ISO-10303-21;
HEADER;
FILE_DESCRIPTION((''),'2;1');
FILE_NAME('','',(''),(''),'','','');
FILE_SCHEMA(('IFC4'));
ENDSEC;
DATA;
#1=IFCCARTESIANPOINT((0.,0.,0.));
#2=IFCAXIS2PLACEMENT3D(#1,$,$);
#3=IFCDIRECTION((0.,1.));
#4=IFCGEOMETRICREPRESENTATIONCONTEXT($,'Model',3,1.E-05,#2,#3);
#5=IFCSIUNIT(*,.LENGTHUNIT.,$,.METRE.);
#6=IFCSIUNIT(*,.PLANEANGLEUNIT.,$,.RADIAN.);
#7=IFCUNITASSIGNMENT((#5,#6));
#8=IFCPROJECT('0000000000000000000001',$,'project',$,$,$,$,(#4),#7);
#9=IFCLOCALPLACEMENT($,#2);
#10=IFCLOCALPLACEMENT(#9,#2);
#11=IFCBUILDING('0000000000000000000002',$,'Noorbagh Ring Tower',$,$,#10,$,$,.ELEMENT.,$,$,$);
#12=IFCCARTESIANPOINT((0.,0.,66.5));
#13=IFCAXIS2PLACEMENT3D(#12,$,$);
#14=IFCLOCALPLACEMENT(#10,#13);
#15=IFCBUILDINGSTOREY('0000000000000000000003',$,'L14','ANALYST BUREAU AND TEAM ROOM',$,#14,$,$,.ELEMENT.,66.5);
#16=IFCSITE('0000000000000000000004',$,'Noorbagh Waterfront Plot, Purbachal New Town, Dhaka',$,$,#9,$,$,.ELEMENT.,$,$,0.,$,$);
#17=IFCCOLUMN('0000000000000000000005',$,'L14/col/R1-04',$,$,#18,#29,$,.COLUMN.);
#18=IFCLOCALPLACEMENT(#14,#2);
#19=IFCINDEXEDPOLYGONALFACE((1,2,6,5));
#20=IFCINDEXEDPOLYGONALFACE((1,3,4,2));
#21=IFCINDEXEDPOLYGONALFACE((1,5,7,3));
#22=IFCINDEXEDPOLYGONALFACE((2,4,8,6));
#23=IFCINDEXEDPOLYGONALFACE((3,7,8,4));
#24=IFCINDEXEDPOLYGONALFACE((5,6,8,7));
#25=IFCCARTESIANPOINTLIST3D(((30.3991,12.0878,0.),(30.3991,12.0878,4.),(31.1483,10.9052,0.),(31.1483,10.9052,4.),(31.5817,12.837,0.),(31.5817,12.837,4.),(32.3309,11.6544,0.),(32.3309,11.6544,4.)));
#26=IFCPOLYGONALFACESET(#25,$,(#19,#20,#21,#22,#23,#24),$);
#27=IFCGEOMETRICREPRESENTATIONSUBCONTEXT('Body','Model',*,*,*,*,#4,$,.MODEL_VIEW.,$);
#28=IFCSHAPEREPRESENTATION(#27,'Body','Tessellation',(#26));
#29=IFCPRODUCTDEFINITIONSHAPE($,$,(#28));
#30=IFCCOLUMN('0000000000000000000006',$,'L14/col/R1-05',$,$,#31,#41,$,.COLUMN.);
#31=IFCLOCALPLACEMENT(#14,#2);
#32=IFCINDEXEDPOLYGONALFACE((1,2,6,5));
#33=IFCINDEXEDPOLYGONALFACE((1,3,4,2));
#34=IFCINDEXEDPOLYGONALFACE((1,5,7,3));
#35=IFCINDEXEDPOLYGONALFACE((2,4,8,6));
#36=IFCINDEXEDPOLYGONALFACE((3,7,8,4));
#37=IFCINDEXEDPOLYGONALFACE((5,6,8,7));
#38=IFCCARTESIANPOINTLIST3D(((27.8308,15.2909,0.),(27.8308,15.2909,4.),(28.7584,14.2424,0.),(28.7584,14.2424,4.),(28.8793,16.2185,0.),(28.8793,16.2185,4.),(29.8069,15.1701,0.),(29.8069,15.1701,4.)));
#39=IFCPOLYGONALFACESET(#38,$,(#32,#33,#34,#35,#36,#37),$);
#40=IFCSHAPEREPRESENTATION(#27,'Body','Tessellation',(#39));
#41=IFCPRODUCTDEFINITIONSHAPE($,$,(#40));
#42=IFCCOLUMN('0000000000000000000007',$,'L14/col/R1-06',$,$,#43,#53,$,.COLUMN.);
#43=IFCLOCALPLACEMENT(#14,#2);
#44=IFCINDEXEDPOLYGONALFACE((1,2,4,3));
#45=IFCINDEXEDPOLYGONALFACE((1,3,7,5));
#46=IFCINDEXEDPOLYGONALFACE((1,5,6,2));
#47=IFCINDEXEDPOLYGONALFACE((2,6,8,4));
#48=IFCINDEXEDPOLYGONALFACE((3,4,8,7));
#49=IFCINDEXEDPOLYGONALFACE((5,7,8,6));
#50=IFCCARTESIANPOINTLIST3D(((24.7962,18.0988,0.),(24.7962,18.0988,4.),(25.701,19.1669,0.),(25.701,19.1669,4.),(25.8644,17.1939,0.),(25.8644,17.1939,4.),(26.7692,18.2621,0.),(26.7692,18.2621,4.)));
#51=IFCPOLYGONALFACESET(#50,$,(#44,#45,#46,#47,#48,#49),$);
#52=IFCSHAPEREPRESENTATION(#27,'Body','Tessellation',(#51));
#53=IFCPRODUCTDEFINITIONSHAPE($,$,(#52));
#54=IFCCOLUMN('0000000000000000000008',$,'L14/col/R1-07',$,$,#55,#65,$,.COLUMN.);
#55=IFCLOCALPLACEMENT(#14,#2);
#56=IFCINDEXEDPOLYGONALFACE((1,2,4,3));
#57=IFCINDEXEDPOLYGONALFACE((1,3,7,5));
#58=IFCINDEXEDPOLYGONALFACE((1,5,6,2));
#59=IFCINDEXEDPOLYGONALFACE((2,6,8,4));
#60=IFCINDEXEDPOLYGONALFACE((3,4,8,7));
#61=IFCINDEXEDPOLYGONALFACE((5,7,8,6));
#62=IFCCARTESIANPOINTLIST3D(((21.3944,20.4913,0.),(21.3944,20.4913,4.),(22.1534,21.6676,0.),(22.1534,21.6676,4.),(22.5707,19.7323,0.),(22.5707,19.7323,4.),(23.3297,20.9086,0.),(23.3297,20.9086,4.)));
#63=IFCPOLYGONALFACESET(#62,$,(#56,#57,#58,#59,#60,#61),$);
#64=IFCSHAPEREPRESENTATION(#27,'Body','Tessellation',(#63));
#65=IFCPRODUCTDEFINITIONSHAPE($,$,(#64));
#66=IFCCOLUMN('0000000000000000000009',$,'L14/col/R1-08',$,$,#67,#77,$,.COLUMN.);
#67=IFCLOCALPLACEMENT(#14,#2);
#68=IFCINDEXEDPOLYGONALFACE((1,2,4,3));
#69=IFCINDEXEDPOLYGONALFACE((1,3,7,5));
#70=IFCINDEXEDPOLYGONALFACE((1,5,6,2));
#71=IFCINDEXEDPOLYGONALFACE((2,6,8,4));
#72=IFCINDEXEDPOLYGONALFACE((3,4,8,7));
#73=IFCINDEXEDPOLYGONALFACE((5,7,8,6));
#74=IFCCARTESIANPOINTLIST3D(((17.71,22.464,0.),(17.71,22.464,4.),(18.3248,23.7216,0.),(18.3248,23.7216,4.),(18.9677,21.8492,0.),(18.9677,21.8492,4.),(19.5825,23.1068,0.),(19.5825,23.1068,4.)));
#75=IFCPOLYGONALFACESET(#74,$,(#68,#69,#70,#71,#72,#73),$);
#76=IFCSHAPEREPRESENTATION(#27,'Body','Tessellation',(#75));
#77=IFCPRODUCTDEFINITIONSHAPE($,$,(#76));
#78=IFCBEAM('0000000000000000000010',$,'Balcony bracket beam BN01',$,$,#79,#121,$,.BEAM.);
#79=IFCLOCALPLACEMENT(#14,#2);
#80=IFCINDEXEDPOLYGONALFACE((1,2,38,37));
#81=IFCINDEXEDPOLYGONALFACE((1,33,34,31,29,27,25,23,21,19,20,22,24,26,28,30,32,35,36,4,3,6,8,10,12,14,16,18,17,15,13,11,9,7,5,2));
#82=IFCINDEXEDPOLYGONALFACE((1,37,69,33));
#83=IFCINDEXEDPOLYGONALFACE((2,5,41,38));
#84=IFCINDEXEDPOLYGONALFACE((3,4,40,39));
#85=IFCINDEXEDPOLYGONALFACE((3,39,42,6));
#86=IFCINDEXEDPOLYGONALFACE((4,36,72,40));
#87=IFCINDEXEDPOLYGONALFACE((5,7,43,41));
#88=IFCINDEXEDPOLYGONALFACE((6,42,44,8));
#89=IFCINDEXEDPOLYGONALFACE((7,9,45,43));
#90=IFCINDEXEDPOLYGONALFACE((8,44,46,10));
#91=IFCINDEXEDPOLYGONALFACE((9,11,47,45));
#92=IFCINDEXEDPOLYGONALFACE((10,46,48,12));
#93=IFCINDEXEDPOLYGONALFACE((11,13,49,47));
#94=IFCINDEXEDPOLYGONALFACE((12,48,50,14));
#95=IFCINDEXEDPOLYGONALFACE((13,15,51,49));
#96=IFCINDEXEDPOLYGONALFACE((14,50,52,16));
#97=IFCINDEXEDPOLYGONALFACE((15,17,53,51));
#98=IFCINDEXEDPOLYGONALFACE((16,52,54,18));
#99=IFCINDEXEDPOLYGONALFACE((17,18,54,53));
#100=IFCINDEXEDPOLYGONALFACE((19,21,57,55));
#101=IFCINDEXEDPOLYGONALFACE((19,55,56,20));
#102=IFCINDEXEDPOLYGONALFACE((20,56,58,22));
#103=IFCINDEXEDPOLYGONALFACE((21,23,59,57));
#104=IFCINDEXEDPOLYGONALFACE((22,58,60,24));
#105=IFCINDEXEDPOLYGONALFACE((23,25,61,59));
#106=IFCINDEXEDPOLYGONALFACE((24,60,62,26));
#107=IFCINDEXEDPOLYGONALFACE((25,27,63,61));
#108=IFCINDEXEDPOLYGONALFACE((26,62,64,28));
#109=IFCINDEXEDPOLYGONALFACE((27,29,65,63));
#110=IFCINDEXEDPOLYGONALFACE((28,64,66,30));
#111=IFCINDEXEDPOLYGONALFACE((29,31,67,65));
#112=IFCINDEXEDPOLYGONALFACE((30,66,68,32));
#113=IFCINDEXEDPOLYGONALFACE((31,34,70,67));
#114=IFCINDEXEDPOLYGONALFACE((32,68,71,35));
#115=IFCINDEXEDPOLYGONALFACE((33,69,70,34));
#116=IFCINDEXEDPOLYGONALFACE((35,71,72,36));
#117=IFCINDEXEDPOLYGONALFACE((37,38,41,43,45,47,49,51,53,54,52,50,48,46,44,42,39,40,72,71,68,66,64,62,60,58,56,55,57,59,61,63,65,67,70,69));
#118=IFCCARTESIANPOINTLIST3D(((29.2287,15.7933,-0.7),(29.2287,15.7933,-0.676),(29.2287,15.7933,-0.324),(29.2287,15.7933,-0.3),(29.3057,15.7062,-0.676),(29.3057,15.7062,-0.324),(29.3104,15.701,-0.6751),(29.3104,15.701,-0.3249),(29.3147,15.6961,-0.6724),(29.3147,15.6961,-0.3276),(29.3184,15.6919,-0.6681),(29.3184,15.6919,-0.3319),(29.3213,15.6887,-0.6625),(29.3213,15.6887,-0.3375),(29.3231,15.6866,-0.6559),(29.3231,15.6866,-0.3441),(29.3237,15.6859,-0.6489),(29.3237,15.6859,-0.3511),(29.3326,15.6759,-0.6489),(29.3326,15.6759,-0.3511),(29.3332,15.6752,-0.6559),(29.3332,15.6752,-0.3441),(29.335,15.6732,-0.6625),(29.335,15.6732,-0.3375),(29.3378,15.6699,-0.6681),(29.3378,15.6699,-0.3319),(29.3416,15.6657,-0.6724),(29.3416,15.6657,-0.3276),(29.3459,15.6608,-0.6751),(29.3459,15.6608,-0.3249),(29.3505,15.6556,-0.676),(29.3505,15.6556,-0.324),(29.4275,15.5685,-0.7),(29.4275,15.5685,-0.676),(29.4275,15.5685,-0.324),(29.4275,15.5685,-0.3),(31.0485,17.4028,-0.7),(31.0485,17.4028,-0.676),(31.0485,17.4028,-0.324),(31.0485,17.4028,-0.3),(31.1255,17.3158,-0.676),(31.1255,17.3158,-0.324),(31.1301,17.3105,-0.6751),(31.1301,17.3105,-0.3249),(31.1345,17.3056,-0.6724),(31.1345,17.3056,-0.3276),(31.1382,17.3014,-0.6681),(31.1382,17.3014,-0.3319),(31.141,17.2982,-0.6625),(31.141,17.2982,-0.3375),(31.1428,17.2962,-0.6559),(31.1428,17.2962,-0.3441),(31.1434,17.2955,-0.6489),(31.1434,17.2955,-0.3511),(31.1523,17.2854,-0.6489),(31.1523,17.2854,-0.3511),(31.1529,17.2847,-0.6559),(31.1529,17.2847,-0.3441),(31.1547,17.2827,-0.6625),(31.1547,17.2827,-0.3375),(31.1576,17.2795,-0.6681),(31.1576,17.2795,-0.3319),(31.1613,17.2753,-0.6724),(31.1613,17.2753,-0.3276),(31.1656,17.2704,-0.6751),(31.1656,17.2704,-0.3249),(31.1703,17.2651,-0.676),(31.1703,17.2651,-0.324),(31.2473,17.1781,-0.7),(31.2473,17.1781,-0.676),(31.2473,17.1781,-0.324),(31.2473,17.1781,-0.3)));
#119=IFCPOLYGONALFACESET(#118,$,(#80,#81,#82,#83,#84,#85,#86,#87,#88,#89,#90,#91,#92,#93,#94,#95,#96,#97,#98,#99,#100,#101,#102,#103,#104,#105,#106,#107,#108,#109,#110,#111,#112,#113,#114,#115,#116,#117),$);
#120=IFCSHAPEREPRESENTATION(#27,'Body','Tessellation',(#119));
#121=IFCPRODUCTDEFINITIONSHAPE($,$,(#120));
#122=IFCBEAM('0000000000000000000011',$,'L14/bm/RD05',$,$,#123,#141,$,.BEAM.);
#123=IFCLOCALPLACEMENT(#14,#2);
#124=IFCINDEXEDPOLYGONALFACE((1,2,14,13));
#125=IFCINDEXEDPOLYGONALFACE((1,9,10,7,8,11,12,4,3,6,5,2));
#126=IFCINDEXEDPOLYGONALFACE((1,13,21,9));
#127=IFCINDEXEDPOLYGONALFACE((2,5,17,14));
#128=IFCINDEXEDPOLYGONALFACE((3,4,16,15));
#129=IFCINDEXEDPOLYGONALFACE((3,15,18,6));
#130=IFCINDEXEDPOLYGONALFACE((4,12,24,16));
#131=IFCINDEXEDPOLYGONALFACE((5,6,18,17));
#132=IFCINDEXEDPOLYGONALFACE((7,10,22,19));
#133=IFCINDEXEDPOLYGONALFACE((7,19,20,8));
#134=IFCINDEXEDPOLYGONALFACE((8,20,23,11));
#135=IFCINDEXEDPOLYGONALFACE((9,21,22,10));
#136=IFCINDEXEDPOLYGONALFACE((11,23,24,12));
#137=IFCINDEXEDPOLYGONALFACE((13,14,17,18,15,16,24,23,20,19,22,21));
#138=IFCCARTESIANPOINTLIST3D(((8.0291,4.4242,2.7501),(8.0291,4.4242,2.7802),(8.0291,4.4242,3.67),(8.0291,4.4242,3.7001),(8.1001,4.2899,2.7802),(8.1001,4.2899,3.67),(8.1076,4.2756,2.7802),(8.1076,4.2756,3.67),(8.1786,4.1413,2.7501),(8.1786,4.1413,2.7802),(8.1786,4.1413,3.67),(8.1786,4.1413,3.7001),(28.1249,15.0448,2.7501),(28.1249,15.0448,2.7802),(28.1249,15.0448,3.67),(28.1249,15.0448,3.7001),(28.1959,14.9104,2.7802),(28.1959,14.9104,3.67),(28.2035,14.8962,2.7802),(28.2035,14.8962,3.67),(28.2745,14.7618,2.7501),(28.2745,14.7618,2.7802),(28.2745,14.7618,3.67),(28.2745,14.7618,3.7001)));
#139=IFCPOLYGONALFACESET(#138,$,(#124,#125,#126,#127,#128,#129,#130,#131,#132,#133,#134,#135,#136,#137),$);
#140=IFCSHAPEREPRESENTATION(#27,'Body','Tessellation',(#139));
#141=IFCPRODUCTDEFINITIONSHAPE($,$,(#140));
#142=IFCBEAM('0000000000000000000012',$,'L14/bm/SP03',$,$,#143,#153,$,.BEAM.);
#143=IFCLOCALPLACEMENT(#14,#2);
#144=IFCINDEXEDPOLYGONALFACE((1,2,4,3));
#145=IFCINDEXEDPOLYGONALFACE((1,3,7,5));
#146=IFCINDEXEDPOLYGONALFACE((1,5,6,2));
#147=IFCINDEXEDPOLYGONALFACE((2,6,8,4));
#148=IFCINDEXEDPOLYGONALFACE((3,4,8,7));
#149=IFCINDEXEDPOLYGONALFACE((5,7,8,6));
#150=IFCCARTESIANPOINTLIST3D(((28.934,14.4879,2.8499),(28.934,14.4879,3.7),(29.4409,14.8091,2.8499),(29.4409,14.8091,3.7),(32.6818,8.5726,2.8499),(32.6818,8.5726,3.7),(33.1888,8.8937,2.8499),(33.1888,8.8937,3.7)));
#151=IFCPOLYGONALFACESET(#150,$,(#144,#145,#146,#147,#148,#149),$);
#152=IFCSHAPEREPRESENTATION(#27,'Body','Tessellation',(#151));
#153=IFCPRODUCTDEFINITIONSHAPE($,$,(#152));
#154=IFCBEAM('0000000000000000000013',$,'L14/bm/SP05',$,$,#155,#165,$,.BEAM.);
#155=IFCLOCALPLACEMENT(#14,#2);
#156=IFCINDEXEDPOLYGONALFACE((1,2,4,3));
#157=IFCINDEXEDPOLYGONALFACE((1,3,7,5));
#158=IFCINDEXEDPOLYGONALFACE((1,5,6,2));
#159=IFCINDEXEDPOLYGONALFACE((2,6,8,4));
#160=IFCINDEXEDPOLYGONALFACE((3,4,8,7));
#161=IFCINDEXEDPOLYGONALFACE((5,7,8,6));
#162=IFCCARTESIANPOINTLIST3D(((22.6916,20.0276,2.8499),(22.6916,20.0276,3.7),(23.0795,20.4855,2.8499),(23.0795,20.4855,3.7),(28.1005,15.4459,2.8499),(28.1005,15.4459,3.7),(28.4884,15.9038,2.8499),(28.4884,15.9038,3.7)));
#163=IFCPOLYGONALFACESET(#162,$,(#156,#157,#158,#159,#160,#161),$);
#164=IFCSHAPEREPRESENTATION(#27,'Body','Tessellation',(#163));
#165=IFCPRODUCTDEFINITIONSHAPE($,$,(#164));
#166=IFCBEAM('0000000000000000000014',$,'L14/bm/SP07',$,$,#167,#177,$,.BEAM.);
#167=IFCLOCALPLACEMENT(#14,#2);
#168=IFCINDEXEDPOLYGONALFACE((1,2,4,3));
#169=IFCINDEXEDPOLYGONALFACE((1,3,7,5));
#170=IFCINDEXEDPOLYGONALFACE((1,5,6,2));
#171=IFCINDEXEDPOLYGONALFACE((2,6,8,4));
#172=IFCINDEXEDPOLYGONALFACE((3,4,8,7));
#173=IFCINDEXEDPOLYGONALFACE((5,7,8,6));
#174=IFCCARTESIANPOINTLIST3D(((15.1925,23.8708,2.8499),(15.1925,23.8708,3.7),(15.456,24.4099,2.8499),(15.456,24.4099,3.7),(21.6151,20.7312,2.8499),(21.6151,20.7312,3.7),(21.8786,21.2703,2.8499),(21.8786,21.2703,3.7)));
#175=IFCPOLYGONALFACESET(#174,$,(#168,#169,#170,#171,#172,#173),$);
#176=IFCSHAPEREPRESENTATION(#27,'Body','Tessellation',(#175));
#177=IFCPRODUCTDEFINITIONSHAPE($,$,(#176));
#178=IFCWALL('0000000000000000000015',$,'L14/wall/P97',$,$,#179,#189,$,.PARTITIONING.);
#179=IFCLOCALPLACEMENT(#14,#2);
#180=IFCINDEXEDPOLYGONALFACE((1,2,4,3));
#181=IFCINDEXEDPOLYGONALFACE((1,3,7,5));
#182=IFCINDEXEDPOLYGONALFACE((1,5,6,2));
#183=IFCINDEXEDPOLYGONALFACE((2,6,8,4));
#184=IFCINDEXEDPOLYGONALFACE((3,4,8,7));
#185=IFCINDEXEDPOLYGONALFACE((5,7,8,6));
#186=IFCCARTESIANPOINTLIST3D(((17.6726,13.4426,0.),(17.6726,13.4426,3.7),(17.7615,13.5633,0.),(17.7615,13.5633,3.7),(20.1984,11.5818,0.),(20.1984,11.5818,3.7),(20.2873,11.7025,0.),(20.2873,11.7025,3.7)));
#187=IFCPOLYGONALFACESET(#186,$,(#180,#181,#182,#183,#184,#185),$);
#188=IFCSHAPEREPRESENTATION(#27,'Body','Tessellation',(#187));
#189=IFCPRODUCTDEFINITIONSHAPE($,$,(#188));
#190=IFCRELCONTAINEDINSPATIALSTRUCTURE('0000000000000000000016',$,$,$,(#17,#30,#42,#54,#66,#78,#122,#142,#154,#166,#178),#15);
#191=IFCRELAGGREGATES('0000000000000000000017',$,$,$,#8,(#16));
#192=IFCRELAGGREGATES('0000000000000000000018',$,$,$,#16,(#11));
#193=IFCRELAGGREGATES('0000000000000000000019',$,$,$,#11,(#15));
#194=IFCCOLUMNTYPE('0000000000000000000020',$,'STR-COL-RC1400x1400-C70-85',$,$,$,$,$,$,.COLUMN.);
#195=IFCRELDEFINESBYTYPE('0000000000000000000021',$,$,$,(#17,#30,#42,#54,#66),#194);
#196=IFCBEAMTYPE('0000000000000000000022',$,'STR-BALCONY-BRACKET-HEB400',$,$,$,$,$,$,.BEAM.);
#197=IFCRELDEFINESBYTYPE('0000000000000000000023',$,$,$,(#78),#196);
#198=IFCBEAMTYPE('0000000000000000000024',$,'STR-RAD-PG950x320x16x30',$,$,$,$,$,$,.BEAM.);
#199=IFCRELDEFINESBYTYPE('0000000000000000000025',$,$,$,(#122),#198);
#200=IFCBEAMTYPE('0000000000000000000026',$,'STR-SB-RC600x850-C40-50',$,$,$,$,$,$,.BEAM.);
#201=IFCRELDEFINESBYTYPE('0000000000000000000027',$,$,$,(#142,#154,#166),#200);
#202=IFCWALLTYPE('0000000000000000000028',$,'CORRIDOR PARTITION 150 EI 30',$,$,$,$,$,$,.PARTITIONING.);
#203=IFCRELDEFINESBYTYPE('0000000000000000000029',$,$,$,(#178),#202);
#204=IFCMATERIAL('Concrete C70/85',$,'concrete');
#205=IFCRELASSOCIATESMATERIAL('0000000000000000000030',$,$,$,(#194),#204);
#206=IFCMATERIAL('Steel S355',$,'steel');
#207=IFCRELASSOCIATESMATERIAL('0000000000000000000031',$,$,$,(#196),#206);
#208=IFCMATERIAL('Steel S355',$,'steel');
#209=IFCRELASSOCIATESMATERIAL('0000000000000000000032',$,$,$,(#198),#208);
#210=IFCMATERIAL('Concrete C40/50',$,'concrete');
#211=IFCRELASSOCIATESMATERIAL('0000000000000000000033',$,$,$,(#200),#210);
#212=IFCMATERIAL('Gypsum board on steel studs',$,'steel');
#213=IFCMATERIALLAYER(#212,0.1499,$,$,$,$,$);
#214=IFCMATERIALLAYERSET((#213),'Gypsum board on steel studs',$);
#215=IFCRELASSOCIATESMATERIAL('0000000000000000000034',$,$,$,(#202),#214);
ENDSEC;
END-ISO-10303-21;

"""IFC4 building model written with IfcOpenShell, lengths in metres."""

from ifc_helpers import new_model, si_unit, direction, frame, frame_2d, origin, origin_2d, place, context, subcontext, project, spatial, rectangle, i_section, extrude, material, layer, layer_set, material_profile, profile_set, type_object, element, save


model = new_model("IFC4")

# Units and contexts
model_context = context("Model", 3, precision=1e-05, world=origin(), true_north=direction((0.0, 1.0)))
body_context = subcontext(model_context, "Body", "Model", "MODEL_VIEW")
ifc_project = project(units=[si_unit("LENGTHUNIT", "METRE"), si_unit("PLANEANGLEUNIT", "RADIAN")], contexts=[model_context])

# Site, building, storey
site_placement = place(None, origin())
site = spatial("IfcSite", under=ifc_project, at=site_placement, Name="Noorbagh Waterfront Plot, Purbachal New Town, Dhaka", CompositionType="ELEMENT", RefElevation=0.0)
building_placement = place(site_placement, origin())
building = spatial("IfcBuilding", under=site, at=building_placement, Name="Noorbagh Ring Tower", CompositionType="ELEMENT")
storey_placement = place(building_placement, frame((0.0, 0.0, 66.5)))
storey = spatial("IfcBuildingStorey", under=building, at=storey_placement, Name="L14", Description="ANALYST BUREAU AND TEAM ROOM", CompositionType="ELEMENT", Elevation=66.5)

# Columns
ifc_material_1 = material(Name="Concrete C70/85", Category="concrete")
ifc_material_profile_1 = material_profile(ifc_material_1, rectangle(XDim=1.3999, YDim=1.3999, at=origin_2d()), Name="RC1400x1400")
ifc_profile_set_1 = profile_set([ifc_material_profile_1], Name="Concrete C70/85")
column_type = type_object("IfcColumnType", Name="STR-COL-RC1400x1400-C70-85", PredefinedType="COLUMN", material=ifc_profile_set_1)
for number, where, z_axis, x_axis, name in (
    (1, (31.365, 11.8711, 0.0), (0.0, 0.0, 1.0), (-0.53519, 0.844731, 0.0), "L14/col/R1-04"),
    (2, (28.8188, 15.2305, 0.0), (0.0, 0.0, 1.0), (-0.662636, 0.748942, 0.0), "L14/col/R1-05"),
    (3, (25.7827, 18.1804, 0.0), (0.0, 0.0, 1.0), (-0.763035, 0.646357, 0.0), "L14/col/R1-06"),
    (4, (22.3621, 20.7, 0.0), (0.0, 0.0, 1.0), (-0.840248, 0.542203, 0.0), "L14/col/R1-07"),
    (5, (18.6462, 22.7854, 0.0), (0.0, 0.0, 1.0), (-0.898399, 0.43918, 0.0), "L14/col/R1-08"),
):
    element("IfcColumn", number, at=place(storey_placement, frame(where, z_axis=z_axis, x_axis=x_axis)), inside=storey, type_object=column_type, Name=name, PredefinedType="COLUMN", context=body_context, shape_type="SweptSolid", body=[
        extrude(rectangle(XDim=1.3999, YDim=1.3999, at=origin_2d()), origin(), (0.0, 0.0, 1.0), 4.0),
    ])

# Beams
ifc_material_2 = material(Name="Steel S355", Category="steel")
ifc_material_profile_2 = material_profile(ifc_material_2, i_section(OverallWidth=0.3, OverallDepth=0.3999, WebThickness=0.0134, FlangeThickness=0.0239, FilletRadius=0.0271, at=origin_2d()), Name="HEB400")
ifc_profile_set_2 = profile_set([ifc_material_profile_2], Name="Steel S355")
beam_type_1 = type_object("IfcBeamType", Name="STR-BALCONY-BRACKET-HEB400", PredefinedType="BEAM", material=ifc_profile_set_2)
beam_1_placement = place(storey_placement, frame((29.3281, 15.6809, -0.5), z_axis=(0.749043, 0.662522, 0.0), x_axis=(-0.662522, 0.749043, 0.0)))
element("IfcBeam", 6, at=beam_1_placement, inside=storey, type_object=beam_type_1, Name="Balcony bracket beam BN01", PredefinedType="BEAM", context=body_context, shape_type="SweptSolid", body=[
    extrude(i_section(OverallWidth=0.3, OverallDepth=0.3999, WebThickness=0.0134, FlangeThickness=0.0239, FilletRadius=0.0271, at=origin_2d()), origin(), (0.0, 0.0, 1.0), 2.4294),
])
ifc_material_3 = material(Name="Steel S355", Category="steel")
ifc_material_profile_3 = material_profile(ifc_material_3, i_section(OverallWidth=0.3201, OverallDepth=0.95, WebThickness=0.0161, FlangeThickness=0.03, at=origin_2d()), Name="PG950x320x16x30")
ifc_profile_set_3 = profile_set([ifc_material_profile_3], Name="Steel S355")
beam_type_2 = type_object("IfcBeamType", Name="STR-RAD-PG950x320x16x30", PredefinedType="BEAM", material=ifc_profile_set_3)
beam_2_placement = place(storey_placement, frame((28.1997, 14.9033, 3.2251), z_axis=(-0.884123, -0.467254, 0.0), x_axis=(0.467254, -0.884123, 0.0)))
element("IfcBeam", 7, at=beam_2_placement, inside=storey, type_object=beam_type_2, Name="L14/bm/RD05", PredefinedType="BEAM", context=body_context, shape_type="SweptSolid", body=[
    extrude(i_section(OverallWidth=0.3201, OverallDepth=0.95, WebThickness=0.0161, FlangeThickness=0.03, at=origin_2d()), origin(), (0.0, 0.0, 1.0), 22.7297),
])
ifc_material_4 = material(Name="Concrete C40/50", Category="concrete")
ifc_material_profile_4 = material_profile(ifc_material_4, rectangle(XDim=0.6001, YDim=0.8501, at=origin_2d()), Name="RC600x850")
ifc_profile_set_4 = profile_set([ifc_material_profile_4], Name="Concrete C40/50")
beam_type_3 = type_object("IfcBeamType", Name="STR-SB-RC600x850-C40-50", PredefinedType="BEAM", material=ifc_profile_set_4)
beam_3_placement = place(storey_placement, frame((32.9353, 8.7332, 3.2749), z_axis=(-0.535201, 0.844725, 0.0), x_axis=(-0.844725, -0.535201, 0.0)))
element("IfcBeam", 8, at=beam_3_placement, inside=storey, type_object=beam_type_3, Name="L14/bm/SP03", PredefinedType="BEAM", context=body_context, shape_type="SweptSolid", body=[
    extrude(rectangle(XDim=0.6001, YDim=0.8501, at=origin_2d()), origin(), (0.0, 0.0, 1.0), 7.0027),
])
beam_4_placement = place(storey_placement, frame((28.2944, 15.6748, 3.2749), z_axis=(-0.763039, 0.646353, 0.0), x_axis=(-0.646353, -0.763039, 0.0)))
element("IfcBeam", 9, at=beam_4_placement, inside=storey, type_object=beam_type_3, Name="L14/bm/SP05", PredefinedType="BEAM", context=body_context, shape_type="SweptSolid", body=[
    extrude(rectangle(XDim=0.6001, YDim=0.8501, at=origin_2d()), origin(), (0.0, 0.0, 1.0), 7.0886),
])
beam_5_placement = place(storey_placement, frame((21.7468, 21.0007, 3.2749), z_axis=(-0.898401, 0.439177, 0.0), x_axis=(-0.439177, -0.898401, 0.0)))
element("IfcBeam", 10, at=beam_5_placement, inside=storey, type_object=beam_type_3, Name="L14/bm/SP07", PredefinedType="BEAM", context=body_context, shape_type="SweptSolid", body=[
    extrude(rectangle(XDim=0.6001, YDim=0.8501, at=origin_2d()), origin(), (0.0, 0.0, 1.0), 7.1489),
])

# Wall
ifc_material_5 = material(Name="Gypsum board on steel studs", Category="steel")
ifc_layer_1 = layer(ifc_material_5, 0.1499)
ifc_layer_set_1 = layer_set([ifc_layer_1], Name="Gypsum board on steel studs")
wall_type_1 = type_object("IfcWallType", Name="CORRIDOR PARTITION 150 EI 30", PredefinedType="PARTITIONING", material=ifc_layer_set_1)
wall_1_placement = place(storey_placement, frame((17.717, 13.5029, 0.0), z_axis=(0.0, 0.0, 1.0), x_axis=(0.805107, -0.59313, 0.0)))
element("IfcWall", 11, at=wall_1_placement, inside=storey, type_object=wall_type_1, Name="L14/wall/P97", PredefinedType="PARTITIONING", context=body_context, shape_type="SweptSolid", body=[
    extrude(rectangle(XDim=3.1372, YDim=0.1499, at=frame_2d((1.5686, 0.0))), origin(), (0.0, 0.0, 1.0), 3.7),
])

save(model, "model.ifc")
